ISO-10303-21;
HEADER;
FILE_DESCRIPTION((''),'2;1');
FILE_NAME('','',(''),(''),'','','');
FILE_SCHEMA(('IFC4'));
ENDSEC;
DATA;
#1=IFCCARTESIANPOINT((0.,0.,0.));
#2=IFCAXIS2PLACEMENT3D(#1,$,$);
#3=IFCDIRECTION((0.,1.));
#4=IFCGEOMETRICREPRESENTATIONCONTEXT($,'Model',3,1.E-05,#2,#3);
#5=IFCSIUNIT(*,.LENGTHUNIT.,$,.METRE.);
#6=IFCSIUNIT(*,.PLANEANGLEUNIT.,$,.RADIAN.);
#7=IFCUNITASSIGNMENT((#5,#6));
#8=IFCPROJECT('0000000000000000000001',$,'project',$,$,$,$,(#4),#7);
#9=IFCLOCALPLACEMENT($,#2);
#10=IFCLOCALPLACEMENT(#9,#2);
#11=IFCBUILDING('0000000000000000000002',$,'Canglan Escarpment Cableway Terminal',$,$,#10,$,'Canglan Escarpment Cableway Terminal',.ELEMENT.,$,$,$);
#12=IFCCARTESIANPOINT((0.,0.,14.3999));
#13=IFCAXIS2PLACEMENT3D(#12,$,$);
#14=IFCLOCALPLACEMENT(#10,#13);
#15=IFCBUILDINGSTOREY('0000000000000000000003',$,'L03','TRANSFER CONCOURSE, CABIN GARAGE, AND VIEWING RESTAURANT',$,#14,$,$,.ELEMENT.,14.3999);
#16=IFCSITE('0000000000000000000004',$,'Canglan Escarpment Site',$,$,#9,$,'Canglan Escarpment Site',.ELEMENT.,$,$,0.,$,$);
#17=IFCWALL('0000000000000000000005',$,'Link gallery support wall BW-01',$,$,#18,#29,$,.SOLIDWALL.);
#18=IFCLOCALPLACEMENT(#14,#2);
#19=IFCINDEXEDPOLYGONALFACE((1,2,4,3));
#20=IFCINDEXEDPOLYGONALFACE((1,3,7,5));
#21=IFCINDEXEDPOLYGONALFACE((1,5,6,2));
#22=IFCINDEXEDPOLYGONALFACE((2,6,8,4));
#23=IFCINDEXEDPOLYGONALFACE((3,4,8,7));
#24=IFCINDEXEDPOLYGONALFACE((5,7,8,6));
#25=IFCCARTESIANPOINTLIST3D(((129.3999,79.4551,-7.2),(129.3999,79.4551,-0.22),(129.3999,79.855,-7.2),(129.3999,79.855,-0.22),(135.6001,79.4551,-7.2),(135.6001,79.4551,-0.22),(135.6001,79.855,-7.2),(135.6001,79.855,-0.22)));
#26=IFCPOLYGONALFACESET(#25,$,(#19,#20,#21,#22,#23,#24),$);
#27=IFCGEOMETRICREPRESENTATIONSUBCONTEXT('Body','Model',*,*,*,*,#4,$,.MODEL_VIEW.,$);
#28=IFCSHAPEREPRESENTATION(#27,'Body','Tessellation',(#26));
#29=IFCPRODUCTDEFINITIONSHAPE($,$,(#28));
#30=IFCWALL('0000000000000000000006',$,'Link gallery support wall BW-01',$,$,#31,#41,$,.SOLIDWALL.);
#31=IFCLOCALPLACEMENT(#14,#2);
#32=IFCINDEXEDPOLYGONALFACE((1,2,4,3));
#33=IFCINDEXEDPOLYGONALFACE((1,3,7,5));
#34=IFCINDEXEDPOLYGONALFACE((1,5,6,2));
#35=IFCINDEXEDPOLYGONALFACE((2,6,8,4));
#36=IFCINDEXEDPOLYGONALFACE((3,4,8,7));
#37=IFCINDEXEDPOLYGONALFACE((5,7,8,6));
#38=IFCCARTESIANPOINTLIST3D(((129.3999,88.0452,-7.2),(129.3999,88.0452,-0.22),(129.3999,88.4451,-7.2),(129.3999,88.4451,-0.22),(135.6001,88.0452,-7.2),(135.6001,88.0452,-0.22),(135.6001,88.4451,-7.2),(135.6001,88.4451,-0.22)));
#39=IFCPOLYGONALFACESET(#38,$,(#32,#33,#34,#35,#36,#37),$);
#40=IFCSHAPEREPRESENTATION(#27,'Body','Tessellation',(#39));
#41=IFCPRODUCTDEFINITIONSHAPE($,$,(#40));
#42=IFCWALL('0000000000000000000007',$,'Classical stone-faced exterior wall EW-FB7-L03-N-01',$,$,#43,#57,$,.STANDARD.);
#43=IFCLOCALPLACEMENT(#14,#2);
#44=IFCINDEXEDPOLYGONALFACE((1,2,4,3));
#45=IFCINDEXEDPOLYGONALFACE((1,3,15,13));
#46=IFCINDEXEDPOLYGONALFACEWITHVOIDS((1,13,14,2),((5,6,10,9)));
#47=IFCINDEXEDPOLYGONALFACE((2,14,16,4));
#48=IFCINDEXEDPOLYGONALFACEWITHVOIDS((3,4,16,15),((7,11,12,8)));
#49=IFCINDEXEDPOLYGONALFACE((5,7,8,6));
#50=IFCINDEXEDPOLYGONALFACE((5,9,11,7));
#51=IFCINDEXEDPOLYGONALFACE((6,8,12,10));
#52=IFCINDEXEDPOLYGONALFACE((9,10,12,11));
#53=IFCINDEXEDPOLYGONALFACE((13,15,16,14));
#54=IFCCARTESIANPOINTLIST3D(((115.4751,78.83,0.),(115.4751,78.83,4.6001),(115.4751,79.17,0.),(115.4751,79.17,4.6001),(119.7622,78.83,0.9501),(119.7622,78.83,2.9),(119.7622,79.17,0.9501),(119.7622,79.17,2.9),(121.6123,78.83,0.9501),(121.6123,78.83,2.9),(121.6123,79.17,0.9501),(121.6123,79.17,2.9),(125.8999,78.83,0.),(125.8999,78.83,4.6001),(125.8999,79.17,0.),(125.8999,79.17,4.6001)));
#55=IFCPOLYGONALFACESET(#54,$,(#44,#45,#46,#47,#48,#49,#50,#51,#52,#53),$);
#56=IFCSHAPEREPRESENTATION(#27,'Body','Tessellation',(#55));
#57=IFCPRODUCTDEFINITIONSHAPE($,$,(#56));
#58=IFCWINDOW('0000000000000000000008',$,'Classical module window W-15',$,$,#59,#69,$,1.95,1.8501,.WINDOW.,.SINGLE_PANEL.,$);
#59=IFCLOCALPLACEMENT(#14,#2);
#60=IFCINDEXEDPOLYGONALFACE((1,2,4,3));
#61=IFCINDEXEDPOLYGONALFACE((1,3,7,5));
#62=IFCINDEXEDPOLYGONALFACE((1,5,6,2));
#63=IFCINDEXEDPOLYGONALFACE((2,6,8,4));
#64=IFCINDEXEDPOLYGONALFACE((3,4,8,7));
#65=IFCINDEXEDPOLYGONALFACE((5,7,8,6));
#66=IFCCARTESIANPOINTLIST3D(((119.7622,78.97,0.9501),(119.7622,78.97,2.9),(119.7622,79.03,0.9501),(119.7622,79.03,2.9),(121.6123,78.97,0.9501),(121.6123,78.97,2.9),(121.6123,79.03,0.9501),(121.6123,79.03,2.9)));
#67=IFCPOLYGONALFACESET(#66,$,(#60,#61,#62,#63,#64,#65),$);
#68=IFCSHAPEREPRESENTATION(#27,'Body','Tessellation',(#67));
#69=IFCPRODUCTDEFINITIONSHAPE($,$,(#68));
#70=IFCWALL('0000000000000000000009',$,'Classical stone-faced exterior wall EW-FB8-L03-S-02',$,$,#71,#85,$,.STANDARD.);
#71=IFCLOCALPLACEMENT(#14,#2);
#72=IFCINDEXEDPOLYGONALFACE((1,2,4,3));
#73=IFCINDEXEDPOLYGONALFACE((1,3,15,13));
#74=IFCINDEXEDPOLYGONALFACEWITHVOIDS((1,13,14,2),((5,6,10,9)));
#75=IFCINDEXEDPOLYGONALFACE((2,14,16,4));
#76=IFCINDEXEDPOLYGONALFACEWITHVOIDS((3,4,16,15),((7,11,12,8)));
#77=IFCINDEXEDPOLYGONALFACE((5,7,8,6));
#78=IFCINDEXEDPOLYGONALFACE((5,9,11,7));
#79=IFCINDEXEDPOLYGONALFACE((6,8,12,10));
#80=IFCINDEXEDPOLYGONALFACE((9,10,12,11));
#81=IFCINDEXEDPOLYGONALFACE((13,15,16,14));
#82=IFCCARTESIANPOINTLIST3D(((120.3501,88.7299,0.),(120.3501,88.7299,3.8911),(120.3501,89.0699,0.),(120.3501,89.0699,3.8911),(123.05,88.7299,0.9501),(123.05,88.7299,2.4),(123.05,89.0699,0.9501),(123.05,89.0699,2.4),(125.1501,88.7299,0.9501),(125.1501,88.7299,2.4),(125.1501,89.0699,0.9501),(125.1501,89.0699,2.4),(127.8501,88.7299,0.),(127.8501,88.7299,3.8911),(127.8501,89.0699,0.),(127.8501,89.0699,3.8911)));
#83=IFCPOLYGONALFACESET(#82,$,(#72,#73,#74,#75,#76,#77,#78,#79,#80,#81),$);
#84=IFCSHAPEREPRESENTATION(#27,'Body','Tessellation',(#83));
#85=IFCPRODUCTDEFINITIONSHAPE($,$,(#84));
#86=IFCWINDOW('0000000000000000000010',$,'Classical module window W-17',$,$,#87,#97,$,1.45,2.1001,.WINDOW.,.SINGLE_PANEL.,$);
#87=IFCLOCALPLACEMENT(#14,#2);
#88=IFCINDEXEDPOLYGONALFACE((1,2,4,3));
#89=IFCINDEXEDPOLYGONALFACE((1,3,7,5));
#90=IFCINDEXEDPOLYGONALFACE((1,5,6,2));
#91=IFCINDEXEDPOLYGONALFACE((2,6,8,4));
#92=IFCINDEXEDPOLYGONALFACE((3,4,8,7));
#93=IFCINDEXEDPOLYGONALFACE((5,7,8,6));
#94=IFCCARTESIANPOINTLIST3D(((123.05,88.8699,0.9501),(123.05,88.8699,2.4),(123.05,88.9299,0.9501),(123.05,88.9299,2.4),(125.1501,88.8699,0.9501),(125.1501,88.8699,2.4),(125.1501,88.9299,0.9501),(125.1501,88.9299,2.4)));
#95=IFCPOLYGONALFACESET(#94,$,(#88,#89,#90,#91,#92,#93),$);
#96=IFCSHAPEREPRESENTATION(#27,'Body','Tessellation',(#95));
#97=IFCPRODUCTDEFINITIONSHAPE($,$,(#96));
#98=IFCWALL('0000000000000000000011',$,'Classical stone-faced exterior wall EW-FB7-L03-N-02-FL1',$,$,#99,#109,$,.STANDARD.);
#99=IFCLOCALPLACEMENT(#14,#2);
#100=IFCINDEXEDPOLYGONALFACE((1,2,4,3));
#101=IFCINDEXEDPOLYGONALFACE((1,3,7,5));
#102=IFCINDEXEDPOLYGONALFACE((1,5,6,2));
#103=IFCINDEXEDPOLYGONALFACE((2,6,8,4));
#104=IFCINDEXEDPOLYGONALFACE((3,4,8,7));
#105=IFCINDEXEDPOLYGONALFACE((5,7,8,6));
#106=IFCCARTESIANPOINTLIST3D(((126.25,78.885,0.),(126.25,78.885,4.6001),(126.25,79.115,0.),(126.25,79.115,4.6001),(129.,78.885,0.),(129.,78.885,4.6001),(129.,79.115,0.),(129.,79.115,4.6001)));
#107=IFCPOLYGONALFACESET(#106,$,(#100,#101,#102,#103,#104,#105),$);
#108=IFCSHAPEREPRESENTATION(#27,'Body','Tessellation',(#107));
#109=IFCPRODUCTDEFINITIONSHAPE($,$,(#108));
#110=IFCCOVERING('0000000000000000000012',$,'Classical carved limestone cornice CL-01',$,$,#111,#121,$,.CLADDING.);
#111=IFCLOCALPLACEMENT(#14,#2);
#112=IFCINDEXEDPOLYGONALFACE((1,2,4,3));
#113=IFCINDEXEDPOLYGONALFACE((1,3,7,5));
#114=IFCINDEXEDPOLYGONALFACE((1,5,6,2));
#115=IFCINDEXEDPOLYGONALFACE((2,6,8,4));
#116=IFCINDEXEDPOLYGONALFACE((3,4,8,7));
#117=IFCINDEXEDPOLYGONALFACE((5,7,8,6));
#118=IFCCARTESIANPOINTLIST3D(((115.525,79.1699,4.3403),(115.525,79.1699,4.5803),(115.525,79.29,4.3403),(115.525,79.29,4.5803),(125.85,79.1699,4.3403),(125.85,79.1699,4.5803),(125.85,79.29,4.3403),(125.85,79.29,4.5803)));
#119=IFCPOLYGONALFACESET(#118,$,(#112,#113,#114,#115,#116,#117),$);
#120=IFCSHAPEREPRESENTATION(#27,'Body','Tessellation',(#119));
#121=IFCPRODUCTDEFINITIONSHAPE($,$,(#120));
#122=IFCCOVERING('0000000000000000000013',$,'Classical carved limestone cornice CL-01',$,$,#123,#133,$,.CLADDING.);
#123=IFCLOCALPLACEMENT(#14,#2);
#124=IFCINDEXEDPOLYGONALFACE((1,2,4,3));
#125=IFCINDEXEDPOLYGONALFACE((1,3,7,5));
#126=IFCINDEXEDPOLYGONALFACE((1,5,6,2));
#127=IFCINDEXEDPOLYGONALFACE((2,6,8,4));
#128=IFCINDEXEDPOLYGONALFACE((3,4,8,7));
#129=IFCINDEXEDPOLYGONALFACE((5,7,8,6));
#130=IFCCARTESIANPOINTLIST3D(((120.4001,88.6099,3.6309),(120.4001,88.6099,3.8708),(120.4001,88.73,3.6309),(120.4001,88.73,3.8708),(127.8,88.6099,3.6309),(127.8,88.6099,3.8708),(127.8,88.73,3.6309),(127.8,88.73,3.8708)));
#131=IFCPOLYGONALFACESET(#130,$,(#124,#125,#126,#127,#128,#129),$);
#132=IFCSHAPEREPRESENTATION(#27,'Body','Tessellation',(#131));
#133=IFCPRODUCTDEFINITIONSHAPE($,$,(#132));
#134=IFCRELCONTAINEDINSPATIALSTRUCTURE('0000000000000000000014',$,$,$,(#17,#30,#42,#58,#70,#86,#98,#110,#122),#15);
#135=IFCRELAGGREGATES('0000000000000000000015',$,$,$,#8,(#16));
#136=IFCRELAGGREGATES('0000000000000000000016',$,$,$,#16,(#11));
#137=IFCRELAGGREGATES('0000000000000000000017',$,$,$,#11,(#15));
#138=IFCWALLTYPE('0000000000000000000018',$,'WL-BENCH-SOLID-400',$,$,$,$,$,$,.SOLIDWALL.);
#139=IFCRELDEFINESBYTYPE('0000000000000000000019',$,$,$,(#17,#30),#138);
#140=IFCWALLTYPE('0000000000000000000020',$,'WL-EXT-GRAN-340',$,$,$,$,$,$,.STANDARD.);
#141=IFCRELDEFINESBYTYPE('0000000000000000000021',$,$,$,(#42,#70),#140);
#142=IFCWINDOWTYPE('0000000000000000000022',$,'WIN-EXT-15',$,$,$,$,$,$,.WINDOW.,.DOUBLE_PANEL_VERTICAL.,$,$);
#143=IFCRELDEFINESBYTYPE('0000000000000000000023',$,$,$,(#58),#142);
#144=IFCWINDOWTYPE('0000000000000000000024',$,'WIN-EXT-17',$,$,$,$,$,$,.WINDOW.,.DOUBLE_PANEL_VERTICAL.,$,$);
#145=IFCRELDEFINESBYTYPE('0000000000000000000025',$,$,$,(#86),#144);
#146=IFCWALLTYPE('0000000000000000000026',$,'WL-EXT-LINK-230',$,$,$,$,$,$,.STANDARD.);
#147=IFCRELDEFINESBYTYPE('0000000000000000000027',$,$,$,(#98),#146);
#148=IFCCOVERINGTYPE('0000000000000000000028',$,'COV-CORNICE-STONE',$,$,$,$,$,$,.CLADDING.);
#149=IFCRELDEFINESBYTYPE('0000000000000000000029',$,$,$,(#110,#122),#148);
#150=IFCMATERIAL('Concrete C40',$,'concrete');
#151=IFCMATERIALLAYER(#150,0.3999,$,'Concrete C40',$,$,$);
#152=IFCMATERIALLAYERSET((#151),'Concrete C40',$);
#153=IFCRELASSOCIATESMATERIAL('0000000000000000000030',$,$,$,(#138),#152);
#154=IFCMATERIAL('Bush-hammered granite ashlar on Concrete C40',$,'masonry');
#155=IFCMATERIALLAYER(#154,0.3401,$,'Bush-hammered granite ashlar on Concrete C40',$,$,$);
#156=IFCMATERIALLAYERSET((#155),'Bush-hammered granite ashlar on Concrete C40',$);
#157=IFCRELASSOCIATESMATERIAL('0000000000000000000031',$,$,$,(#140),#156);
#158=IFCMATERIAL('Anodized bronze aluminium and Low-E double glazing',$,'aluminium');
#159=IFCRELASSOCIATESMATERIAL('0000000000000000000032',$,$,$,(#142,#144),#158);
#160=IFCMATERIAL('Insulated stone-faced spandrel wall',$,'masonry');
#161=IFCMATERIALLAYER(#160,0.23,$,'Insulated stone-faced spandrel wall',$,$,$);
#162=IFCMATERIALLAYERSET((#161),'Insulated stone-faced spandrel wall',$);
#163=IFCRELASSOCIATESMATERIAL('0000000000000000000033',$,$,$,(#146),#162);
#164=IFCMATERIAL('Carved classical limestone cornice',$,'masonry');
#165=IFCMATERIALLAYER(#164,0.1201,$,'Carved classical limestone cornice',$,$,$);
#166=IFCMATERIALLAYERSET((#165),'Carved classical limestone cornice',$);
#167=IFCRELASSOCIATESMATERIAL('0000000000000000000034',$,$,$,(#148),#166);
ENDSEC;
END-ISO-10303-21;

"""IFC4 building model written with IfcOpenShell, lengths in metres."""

from ifc_helpers import new_model, si_unit, direction, frame, frame_2d, origin, origin_2d, place, context, subcontext, project, spatial, rectangle, extrude, material, layer, layer_set, type_object, element, fill, save


model = new_model("IFC4")

# Units and contexts
model_context = context("Model", 3, precision=1e-05, world=origin(), true_north=direction((0.0, 1.0)))
body_context = subcontext(model_context, "Body", "Model", "MODEL_VIEW")
ifc_project = project(units=[si_unit("LENGTHUNIT", "METRE"), si_unit("PLANEANGLEUNIT", "RADIAN")], contexts=[model_context])

# Site, building, storey
site_placement = place(None, origin())
site = spatial("IfcSite", under=ifc_project, at=site_placement, Name="Canglan Escarpment Site", LongName="Canglan Escarpment Site", CompositionType="ELEMENT", RefElevation=0.0)
building_placement = place(site_placement, origin())
building = spatial("IfcBuilding", under=site, at=building_placement, Name="Canglan Escarpment Cableway Terminal", LongName="Canglan Escarpment Cableway Terminal", CompositionType="ELEMENT")
storey_placement = place(building_placement, frame((0.0, 0.0, 14.3999)))
storey = spatial("IfcBuildingStorey", under=building, at=storey_placement, Name="L03", Description="TRANSFER CONCOURSE, CABIN GARAGE, AND VIEWING RESTAURANT", CompositionType="ELEMENT", Elevation=14.3999)

# Shared definitions
ifc_material_1 = material(Name="Concrete C40", Category="concrete")

# Walls
ifc_layer_1 = layer(ifc_material_1, 0.3999, Name="Concrete C40")
ifc_layer_set_1 = layer_set([ifc_layer_1], Name="Concrete C40")
wall_type_1 = type_object("IfcWallType", Name="WL-BENCH-SOLID-400", PredefinedType="SOLIDWALL", material=ifc_layer_set_1)
for number, where, z_axis, x_axis, name in (
    (1, (129.3999, 79.655, -7.2), (0.0, 0.0, 1.0), (1.0, 0.0, 0.0), "Link gallery support wall BW-01"),
    (2, (129.3999, 88.2451, -7.2), (0.0, 0.0, 1.0), (1.0, 0.0, 0.0), "Link gallery support wall BW-01"),
):
    element("IfcWall", number, at=place(storey_placement, frame(where, z_axis=z_axis, x_axis=x_axis)), inside=storey, type_object=wall_type_1, Name=name, PredefinedType="SOLIDWALL", context=body_context, shape_type="SweptSolid", body=[
        extrude(rectangle(XDim=6.2002, YDim=0.3999, at=frame_2d((3.1001, 0.0))), origin(), (0.0, 0.0, 1.0), 6.98),
    ])

# Walls, openings, windows
ifc_material_2 = material(Name="Bush-hammered granite ashlar on Concrete C40", Category="masonry")
ifc_layer_2 = layer(ifc_material_2, 0.3401, Name="Bush-hammered granite ashlar on Concrete C40")
ifc_layer_set_2 = layer_set([ifc_layer_2], Name="Bush-hammered granite ashlar on Concrete C40")
wall_type_2 = type_object("IfcWallType", Name="WL-EXT-GRAN-340", PredefinedType="STANDARD", material=ifc_layer_set_2)
wall_1_placement = place(storey_placement, frame((125.8999, 79.0, 0.0), z_axis=(0.0, 0.0, 1.0), x_axis=(-1.0, 0.0, 0.0)))
wall_1 = element("IfcWall", 3, at=wall_1_placement, inside=storey, type_object=wall_type_2, Name="Classical stone-faced exterior wall EW-FB7-L03-N-01", PredefinedType="STANDARD", context=body_context, shape_type="SweptSolid", body=[
    extrude(rectangle(XDim=10.4248, YDim=0.3401, at=frame_2d((5.2124, 0.0))), origin(), (0.0, 0.0, 1.0), 4.6001),
])
opening_1_placement = place(wall_1_placement, frame((4.2876, 0.0, 0.95)))
opening_1 = element("IfcOpeningElement", 4, at=opening_1_placement, cuts=wall_1, PredefinedType="OPENING", context=body_context, shape_type="SweptSolid", body=[
    extrude(rectangle(XDim=1.8501, YDim=1.95, at=frame_2d((0.925, 0.9751))), frame((0.0, 0.1802, 0.0), z_axis=(0.0, -1.0, 0.0), x_axis=(1.0, 0.0, 0.0)), (0.0, 0.0, 1.0), 0.3601),
])
ifc_material_3 = material(Name="Anodized bronze aluminium and Low-E double glazing", Category="aluminium")
window_type_1 = type_object("IfcWindowType", Name="WIN-EXT-15", PartitioningType="DOUBLE_PANEL_VERTICAL", PredefinedType="WINDOW", material=ifc_material_3)
window_1_placement = place(opening_1_placement, origin())
window_1 = element("IfcWindow", 5, at=window_1_placement, inside=storey, type_object=window_type_1, Name="Classical module window W-15", OverallHeight=1.95, OverallWidth=1.8501, PartitioningType="SINGLE_PANEL", PredefinedType="WINDOW", context=body_context, shape_type="SweptSolid", body=[
    extrude(rectangle(XDim=1.8501, YDim=1.95, at=frame_2d((0.925, 0.9751))), frame((0.0, 0.03, 0.0), z_axis=(0.0, -1.0, 0.0), x_axis=(1.0, 0.0, 0.0)), (0.0, 0.0, 1.0), 0.0601),
])
fill(opening_1, window_1)
wall_2_placement = place(storey_placement, frame((120.3501, 88.8999, 0.0), z_axis=(0.0, 0.0, 1.0), x_axis=(1.0, 0.0, 0.0)))
wall_2 = element("IfcWall", 6, at=wall_2_placement, inside=storey, type_object=wall_type_2, Name="Classical stone-faced exterior wall EW-FB8-L03-S-02", PredefinedType="STANDARD", context=body_context, shape_type="SweptSolid", body=[
    extrude(rectangle(XDim=7.5, YDim=0.3401, at=frame_2d((3.75, 0.0))), origin(), (0.0, 0.0, 1.0), 3.8911),
])
opening_2_placement = place(wall_2_placement, frame((2.7, 0.0, 0.95)))
opening_2 = element("IfcOpeningElement", 7, at=opening_2_placement, cuts=wall_2, PredefinedType="OPENING", context=body_context, shape_type="SweptSolid", body=[
    extrude(rectangle(XDim=2.1001, YDim=1.45, at=frame_2d((1.05, 0.7251))), frame((0.0, 0.1802, 0.0), z_axis=(0.0, -1.0, 0.0), x_axis=(1.0, 0.0, 0.0)), (0.0, 0.0, 1.0), 0.3601),
])
window_type_2 = type_object("IfcWindowType", Name="WIN-EXT-17", PartitioningType="DOUBLE_PANEL_VERTICAL", PredefinedType="WINDOW", material=ifc_material_3)
window_2_placement = place(opening_2_placement, origin())
window_2 = element("IfcWindow", 8, at=window_2_placement, inside=storey, type_object=window_type_2, Name="Classical module window W-17", OverallHeight=1.45, OverallWidth=2.1001, PartitioningType="SINGLE_PANEL", PredefinedType="WINDOW", context=body_context, shape_type="SweptSolid", body=[
    extrude(rectangle(XDim=2.1001, YDim=1.45, at=frame_2d((1.05, 0.7251))), frame((0.0, 0.03, 0.0), z_axis=(0.0, -1.0, 0.0), x_axis=(1.0, 0.0, 0.0)), (0.0, 0.0, 1.0), 0.0601),
])
fill(opening_2, window_2)

# Wall
ifc_material_4 = material(Name="Insulated stone-faced spandrel wall", Category="masonry")
ifc_layer_3 = layer(ifc_material_4, 0.23, Name="Insulated stone-faced spandrel wall")
ifc_layer_set_3 = layer_set([ifc_layer_3], Name="Insulated stone-faced spandrel wall")
wall_type_3 = type_object("IfcWallType", Name="WL-EXT-LINK-230", PredefinedType="STANDARD", material=ifc_layer_set_3)
wall_3_placement = place(storey_placement, frame((126.25, 79.0, 0.0), z_axis=(0.0, 0.0, 1.0), x_axis=(1.0, 0.0, 0.0)))
element("IfcWall", 9, at=wall_3_placement, inside=storey, type_object=wall_type_3, Name="Classical stone-faced exterior wall EW-FB7-L03-N-02-FL1", PredefinedType="STANDARD", context=body_context, shape_type="SweptSolid", body=[
    extrude(rectangle(XDim=2.75, YDim=0.23, at=frame_2d((1.375, 0.0))), origin(), (0.0, 0.0, 1.0), 4.6001),
])

# Coverings
ifc_material_5 = material(Name="Carved classical limestone cornice", Category="masonry")
ifc_layer_4 = layer(ifc_material_5, 0.1201, Name="Carved classical limestone cornice")
ifc_layer_set_4 = layer_set([ifc_layer_4], Name="Carved classical limestone cornice")
covering_type = type_object("IfcCoveringType", Name="COV-CORNICE-STONE", PredefinedType="CLADDING", material=ifc_layer_set_4)
covering_1_placement = place(storey_placement, frame((120.6875, 79.23, 4.3403), z_axis=(0.0, 0.0, 1.0), x_axis=(-1.0, 0.0, 0.0)))
element("IfcCovering", 10, at=covering_1_placement, inside=storey, type_object=covering_type, Name="Classical carved limestone cornice CL-01", PredefinedType="CLADDING", context=body_context, shape_type="SweptSolid", body=[
    extrude(rectangle(XDim=10.325, YDim=0.1201, at=origin_2d()), origin(), (0.0, 0.0, 1.0), 0.24),
])
covering_2_placement = place(storey_placement, frame((124.1001, 88.6699, 3.6309), z_axis=(0.0, 0.0, 1.0), x_axis=(1.0, 0.0, 0.0)))
element("IfcCovering", 11, at=covering_2_placement, inside=storey, type_object=covering_type, Name="Classical carved limestone cornice CL-01", PredefinedType="CLADDING", context=body_context, shape_type="SweptSolid", body=[
    extrude(rectangle(XDim=7.3999, YDim=0.1201, at=origin_2d()), origin(), (0.0, 0.0, 1.0), 0.24),
])

save(model, "model.ifc")
